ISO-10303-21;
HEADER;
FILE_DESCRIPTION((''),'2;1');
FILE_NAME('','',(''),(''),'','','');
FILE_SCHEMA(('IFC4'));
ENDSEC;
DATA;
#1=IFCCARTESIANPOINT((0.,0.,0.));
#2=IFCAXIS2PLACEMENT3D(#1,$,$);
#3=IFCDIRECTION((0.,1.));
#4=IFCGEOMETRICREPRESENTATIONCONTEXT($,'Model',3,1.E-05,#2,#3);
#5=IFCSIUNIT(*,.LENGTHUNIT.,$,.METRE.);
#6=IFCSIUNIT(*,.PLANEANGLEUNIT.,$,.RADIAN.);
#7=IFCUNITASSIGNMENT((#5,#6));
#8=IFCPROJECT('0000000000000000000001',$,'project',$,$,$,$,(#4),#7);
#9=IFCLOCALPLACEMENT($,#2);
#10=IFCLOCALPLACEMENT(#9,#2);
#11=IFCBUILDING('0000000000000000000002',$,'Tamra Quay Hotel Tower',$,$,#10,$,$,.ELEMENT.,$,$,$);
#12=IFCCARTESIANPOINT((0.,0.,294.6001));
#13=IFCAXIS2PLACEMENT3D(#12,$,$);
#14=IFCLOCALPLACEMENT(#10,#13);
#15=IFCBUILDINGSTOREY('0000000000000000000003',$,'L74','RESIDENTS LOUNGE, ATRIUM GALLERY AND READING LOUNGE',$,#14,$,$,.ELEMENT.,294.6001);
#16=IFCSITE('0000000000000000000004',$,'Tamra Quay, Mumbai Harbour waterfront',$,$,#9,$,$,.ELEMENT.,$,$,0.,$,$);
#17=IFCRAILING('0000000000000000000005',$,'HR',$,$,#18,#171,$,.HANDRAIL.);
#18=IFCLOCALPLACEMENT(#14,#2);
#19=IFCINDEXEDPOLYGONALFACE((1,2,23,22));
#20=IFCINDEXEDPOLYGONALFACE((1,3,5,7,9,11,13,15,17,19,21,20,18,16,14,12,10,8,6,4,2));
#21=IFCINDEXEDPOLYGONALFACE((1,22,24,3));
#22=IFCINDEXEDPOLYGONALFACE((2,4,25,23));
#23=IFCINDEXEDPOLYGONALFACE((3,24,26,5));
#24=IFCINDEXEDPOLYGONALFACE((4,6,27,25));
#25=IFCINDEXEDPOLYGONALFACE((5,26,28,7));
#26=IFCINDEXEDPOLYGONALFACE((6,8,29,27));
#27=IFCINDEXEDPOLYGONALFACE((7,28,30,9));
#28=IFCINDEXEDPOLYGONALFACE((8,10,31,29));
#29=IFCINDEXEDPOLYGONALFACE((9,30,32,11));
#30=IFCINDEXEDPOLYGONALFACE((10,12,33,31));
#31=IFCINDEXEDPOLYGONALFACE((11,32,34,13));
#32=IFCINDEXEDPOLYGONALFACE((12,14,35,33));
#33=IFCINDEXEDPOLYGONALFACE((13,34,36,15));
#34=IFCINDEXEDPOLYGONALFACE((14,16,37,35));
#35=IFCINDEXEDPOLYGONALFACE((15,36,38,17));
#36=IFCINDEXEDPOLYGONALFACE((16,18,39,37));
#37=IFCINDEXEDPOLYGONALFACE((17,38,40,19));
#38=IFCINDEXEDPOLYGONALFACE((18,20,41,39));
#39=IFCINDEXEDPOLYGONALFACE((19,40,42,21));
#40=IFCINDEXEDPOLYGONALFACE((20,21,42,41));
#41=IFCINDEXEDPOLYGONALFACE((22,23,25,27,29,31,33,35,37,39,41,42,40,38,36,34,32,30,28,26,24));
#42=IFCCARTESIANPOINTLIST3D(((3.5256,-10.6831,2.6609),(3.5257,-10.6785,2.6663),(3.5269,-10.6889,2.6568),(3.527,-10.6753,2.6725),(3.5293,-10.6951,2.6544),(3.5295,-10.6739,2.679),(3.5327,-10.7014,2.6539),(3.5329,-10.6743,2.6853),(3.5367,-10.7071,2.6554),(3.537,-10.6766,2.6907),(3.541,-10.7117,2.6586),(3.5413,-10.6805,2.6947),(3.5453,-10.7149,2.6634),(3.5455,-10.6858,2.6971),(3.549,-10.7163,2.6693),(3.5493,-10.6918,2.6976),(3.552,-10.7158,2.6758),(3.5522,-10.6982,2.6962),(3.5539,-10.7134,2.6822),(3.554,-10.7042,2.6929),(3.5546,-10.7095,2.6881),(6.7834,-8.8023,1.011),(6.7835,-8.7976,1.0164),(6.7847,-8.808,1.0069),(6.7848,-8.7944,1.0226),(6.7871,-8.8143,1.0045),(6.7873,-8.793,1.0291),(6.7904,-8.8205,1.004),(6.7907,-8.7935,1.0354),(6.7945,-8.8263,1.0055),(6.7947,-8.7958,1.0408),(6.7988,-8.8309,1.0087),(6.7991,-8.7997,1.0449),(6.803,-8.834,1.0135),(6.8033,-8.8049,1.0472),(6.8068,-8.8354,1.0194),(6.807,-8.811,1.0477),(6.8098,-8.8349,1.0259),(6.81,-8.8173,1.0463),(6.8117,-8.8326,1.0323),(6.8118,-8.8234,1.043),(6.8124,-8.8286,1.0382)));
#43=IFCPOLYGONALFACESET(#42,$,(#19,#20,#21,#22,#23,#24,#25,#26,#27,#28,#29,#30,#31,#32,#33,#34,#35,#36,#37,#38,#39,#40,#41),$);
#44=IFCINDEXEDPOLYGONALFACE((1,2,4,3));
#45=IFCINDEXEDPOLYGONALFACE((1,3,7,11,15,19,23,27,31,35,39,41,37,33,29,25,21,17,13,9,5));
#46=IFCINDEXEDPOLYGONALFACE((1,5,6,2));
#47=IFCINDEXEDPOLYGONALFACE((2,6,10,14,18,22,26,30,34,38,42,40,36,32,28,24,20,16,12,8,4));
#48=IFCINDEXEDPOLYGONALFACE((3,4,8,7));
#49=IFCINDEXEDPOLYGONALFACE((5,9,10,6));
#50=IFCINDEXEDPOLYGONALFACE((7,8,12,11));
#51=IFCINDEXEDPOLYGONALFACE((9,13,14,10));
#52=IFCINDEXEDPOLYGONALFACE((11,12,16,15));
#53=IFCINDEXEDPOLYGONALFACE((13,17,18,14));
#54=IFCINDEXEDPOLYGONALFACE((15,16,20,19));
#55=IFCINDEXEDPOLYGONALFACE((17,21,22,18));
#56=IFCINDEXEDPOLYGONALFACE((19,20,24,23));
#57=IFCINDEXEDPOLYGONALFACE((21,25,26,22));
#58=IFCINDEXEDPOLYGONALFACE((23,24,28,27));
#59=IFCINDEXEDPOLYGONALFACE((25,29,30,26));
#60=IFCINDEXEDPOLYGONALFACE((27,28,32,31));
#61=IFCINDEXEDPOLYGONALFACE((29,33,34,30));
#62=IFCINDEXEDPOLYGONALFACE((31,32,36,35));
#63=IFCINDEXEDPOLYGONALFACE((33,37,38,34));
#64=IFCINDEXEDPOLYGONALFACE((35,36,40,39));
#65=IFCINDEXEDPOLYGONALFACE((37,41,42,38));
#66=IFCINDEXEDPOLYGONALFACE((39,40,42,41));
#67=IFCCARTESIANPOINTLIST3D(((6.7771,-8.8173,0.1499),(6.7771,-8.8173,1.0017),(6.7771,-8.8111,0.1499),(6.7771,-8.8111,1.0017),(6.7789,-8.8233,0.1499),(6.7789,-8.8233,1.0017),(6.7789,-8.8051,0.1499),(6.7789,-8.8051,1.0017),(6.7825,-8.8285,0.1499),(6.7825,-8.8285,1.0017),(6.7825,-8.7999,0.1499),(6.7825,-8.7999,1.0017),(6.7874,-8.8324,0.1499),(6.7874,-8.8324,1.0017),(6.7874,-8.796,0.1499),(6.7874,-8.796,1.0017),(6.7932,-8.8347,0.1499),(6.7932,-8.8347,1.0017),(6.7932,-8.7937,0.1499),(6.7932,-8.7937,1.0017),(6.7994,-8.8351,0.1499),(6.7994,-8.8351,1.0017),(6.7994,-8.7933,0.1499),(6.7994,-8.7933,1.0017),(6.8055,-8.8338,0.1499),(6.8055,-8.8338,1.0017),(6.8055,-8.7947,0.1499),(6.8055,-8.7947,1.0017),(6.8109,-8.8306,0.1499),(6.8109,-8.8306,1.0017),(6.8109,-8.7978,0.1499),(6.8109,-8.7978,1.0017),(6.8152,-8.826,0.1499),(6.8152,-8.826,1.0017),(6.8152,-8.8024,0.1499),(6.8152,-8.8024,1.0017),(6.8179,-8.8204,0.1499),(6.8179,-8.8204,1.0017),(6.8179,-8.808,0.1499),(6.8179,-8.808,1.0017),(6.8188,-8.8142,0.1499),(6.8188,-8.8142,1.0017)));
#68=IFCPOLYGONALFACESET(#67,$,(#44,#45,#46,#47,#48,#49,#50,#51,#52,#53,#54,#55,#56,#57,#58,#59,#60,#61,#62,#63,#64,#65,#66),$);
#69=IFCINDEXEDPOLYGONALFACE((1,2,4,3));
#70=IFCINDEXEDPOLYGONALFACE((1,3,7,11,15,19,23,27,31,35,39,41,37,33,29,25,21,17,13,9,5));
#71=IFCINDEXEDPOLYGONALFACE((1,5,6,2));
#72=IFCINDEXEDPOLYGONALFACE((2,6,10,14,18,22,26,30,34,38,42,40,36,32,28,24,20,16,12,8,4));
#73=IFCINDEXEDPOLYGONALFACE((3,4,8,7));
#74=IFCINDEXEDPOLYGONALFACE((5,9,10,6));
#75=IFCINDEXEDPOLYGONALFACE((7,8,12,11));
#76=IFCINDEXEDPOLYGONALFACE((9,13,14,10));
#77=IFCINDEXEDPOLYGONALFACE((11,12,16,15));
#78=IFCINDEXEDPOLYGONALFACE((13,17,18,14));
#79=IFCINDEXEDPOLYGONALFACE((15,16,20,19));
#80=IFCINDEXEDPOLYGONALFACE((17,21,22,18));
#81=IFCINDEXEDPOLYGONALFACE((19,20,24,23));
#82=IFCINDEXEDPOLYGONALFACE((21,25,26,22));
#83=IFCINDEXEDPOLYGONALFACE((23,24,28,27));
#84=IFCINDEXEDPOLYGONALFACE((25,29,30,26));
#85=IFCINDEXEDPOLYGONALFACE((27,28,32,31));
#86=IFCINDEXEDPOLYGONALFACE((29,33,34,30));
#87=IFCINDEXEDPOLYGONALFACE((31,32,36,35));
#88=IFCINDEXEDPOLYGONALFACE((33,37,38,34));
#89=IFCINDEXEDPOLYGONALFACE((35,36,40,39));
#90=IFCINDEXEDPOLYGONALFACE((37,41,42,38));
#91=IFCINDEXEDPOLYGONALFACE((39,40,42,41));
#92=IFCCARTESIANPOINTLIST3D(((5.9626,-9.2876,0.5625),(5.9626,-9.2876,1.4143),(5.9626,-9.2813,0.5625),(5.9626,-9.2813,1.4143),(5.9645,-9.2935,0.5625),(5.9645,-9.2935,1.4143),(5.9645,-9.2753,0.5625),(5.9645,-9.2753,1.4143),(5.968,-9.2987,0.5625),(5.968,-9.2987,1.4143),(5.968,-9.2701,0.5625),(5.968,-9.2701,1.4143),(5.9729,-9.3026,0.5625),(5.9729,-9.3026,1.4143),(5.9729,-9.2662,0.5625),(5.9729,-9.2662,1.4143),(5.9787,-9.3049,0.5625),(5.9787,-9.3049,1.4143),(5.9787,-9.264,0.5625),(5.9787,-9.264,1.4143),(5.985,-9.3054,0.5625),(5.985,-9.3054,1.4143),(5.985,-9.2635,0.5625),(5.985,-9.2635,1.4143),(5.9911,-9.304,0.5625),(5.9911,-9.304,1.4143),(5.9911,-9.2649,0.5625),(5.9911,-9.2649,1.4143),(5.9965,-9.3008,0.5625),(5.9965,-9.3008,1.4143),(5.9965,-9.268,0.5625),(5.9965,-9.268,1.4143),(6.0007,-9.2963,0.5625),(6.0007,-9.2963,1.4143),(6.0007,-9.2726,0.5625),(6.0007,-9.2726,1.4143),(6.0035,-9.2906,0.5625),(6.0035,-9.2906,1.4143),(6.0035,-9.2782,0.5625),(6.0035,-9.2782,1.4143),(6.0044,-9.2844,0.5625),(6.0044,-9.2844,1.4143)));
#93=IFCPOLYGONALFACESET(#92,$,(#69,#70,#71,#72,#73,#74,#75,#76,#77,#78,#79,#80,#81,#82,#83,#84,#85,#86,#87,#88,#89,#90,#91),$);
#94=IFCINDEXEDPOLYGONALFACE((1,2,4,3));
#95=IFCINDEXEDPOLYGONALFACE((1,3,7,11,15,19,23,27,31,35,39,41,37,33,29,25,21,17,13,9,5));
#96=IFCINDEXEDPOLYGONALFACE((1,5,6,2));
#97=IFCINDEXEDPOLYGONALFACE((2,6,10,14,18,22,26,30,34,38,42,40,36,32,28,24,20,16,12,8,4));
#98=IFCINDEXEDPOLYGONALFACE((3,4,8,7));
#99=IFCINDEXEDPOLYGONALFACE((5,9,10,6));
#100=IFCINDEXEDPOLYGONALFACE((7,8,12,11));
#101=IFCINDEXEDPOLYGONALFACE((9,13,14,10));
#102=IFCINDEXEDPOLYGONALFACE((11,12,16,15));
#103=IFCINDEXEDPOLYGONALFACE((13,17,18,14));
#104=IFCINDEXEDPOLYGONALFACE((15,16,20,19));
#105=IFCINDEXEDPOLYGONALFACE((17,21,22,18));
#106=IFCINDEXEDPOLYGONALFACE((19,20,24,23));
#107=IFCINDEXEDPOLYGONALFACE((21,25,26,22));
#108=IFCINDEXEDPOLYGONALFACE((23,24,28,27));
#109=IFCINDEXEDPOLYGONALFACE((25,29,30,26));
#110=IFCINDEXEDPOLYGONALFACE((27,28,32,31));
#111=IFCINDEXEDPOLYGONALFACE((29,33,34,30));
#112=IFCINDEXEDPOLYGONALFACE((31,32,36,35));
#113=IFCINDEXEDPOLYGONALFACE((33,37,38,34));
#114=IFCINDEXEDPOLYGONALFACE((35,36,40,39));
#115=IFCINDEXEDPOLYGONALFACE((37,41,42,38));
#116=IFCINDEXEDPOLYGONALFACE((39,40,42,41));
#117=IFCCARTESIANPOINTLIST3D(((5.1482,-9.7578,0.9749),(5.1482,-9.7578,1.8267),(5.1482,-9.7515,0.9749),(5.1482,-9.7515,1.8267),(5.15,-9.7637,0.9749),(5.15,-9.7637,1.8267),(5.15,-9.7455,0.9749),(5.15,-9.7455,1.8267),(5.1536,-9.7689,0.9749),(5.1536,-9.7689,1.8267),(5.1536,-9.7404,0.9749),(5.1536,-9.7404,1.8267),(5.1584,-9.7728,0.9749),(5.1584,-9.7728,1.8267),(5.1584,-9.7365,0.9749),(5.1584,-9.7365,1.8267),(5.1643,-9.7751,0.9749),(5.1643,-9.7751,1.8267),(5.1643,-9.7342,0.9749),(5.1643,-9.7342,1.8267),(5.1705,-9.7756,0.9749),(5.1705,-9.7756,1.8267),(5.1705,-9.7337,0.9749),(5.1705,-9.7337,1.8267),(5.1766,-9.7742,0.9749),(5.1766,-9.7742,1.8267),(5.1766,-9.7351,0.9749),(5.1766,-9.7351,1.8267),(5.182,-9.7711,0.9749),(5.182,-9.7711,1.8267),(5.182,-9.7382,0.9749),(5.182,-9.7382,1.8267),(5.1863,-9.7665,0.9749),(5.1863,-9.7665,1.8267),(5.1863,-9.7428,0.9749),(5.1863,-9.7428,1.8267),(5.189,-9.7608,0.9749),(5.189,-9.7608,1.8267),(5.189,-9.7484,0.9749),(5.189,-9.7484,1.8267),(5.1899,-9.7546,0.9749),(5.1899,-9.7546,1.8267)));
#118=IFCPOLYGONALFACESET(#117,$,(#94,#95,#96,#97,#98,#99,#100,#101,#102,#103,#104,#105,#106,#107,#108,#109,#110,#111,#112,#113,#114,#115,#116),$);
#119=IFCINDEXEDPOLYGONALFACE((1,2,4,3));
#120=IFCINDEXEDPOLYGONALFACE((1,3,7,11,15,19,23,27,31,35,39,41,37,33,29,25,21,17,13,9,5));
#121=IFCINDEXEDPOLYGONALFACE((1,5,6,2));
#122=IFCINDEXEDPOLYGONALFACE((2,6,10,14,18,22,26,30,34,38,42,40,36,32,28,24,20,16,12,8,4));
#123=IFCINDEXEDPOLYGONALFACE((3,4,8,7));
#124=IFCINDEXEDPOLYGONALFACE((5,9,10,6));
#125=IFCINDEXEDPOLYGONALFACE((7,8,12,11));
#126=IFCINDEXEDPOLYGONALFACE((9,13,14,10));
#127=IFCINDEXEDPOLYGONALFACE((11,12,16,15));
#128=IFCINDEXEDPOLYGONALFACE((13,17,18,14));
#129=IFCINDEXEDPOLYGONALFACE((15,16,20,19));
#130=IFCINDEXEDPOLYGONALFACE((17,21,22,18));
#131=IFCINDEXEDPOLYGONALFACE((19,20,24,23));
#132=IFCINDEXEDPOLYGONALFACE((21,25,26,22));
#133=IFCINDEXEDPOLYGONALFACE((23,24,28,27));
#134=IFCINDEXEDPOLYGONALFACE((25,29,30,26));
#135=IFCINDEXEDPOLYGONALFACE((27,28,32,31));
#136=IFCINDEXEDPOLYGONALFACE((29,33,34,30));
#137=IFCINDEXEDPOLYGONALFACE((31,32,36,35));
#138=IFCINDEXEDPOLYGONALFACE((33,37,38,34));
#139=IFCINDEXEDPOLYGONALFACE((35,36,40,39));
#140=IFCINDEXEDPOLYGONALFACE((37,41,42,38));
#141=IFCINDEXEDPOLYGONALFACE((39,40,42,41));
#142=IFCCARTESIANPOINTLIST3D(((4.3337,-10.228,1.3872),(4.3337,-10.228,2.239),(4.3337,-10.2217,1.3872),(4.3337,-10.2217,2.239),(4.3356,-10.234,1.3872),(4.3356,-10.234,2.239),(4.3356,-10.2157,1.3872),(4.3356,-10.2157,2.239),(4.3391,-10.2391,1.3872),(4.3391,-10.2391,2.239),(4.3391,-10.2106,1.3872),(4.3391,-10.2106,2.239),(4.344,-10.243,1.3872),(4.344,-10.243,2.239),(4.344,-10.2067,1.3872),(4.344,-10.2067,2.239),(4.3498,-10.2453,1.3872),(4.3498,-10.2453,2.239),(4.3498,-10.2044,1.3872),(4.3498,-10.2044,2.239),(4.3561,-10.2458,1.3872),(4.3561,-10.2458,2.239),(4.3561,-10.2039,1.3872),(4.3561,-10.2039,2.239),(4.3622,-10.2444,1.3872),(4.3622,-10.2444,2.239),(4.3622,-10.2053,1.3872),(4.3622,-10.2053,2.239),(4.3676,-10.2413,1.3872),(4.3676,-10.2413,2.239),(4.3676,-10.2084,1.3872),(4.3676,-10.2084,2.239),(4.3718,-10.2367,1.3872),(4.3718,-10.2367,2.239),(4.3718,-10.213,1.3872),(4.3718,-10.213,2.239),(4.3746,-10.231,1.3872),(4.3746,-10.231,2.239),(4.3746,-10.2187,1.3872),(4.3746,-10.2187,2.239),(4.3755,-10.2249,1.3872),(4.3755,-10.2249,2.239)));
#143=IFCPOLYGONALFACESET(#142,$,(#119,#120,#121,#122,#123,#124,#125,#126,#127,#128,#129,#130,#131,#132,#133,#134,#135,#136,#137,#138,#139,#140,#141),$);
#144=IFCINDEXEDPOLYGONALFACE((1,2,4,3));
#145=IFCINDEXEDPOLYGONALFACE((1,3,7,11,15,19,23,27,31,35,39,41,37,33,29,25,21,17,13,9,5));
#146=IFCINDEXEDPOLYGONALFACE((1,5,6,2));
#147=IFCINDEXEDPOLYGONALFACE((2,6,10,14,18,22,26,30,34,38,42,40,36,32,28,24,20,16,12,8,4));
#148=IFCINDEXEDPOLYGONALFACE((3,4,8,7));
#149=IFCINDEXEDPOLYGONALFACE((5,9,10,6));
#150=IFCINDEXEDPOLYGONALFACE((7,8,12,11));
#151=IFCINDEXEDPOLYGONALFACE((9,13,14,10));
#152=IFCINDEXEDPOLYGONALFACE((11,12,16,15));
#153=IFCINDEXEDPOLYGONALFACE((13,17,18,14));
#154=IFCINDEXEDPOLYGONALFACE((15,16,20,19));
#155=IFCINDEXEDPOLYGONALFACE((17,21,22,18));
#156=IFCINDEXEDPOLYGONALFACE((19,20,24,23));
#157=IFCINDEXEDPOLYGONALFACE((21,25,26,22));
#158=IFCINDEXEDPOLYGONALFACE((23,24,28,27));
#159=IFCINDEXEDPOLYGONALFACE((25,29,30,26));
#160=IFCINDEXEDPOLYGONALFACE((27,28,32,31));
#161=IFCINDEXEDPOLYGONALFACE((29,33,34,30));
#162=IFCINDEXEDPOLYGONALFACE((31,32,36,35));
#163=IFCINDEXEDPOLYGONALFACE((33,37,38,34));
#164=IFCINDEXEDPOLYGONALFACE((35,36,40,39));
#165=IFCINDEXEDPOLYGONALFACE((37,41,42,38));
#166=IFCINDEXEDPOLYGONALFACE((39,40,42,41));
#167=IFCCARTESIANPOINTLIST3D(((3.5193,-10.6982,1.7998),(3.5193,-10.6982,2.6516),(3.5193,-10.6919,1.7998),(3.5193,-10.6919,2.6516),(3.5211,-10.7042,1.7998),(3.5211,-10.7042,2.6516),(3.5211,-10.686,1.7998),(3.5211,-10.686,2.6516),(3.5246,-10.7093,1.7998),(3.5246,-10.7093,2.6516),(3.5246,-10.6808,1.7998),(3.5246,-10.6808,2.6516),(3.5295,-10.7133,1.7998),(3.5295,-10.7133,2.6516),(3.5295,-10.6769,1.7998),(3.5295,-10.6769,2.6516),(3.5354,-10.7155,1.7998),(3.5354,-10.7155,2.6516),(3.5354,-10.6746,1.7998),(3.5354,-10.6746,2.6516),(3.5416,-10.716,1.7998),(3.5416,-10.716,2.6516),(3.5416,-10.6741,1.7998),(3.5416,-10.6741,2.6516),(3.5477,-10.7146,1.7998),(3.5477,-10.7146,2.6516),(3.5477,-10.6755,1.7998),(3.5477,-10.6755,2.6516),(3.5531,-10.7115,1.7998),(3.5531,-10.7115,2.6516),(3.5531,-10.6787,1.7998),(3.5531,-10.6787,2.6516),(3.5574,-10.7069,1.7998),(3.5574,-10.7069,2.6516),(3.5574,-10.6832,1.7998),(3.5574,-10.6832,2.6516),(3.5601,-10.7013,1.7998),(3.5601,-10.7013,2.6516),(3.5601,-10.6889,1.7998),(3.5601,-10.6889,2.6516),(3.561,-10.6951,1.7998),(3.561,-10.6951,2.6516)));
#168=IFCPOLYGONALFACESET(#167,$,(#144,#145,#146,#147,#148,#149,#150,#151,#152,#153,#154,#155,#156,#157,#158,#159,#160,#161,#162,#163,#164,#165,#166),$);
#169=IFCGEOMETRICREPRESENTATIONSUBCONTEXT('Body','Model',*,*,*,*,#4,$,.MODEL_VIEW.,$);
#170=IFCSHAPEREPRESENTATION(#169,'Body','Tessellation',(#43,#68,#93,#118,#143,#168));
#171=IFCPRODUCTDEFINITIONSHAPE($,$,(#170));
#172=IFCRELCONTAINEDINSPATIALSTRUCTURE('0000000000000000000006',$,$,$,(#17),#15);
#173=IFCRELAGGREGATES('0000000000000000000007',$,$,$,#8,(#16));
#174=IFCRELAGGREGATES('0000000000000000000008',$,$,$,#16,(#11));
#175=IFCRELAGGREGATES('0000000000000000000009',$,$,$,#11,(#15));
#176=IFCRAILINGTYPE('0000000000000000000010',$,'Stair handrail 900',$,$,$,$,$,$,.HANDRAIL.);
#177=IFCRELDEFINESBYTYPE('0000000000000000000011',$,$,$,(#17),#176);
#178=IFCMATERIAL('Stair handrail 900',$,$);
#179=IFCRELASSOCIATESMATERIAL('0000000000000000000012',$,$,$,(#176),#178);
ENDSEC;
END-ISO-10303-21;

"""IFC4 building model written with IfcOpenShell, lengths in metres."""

from ifc_helpers import new_model, si_unit, direction, frame, origin, origin_2d, place, context, subcontext, project, spatial, circle, extrude, material, type_object, element, save


model = new_model("IFC4")

# Units and contexts
model_context = context("Model", 3, precision=1e-05, world=origin(), true_north=direction((0.0, 1.0)))
body_context = subcontext(model_context, "Body", "Model", "MODEL_VIEW")
ifc_project = project(units=[si_unit("LENGTHUNIT", "METRE"), si_unit("PLANEANGLEUNIT", "RADIAN")], contexts=[model_context])

# Site, building, storey
site_placement = place(None, origin())
site = spatial("IfcSite", under=ifc_project, at=site_placement, Name="Tamra Quay, Mumbai Harbour waterfront", CompositionType="ELEMENT", RefElevation=0.0)
building_placement = place(site_placement, origin())
building = spatial("IfcBuilding", under=site, at=building_placement, Name="Tamra Quay Hotel Tower", CompositionType="ELEMENT")
storey_placement = place(building_placement, frame((0.0, 0.0, 294.6001)))
storey = spatial("IfcBuildingStorey", under=building, at=storey_placement, Name="L74", Description="RESIDENTS LOUNGE, ATRIUM GALLERY AND READING LOUNGE", CompositionType="ELEMENT", Elevation=294.6001)

# Railing
ifc_material_1 = material(Name="Stair handrail 900")
railing_type_1 = type_object("IfcRailingType", Name="Stair handrail 900", PredefinedType="HANDRAIL", material=ifc_material_1)
railing_1_placement = place(storey_placement, frame((6.7979, -8.8142, 0.1499)))
element("IfcRailing", 1, at=railing_1_placement, inside=storey, type_object=railing_type_1, Name="HR", PredefinedType="HANDRAIL", context=body_context, shape_type="SweptSolid", body=[
    extrude(circle(Radius=0.0239, at=origin_2d()), frame((0.0, 0.0, 0.876), z_axis=(-0.7931, -0.457887, 0.401661), x_axis=(0.499992, -0.86603, 0.0)), (0.0, 0.0, 1.0), 4.1077),
    extrude(circle(Radius=0.021, at=origin_2d()), origin(), (0.0, 0.0, 1.0), 0.8518),
    extrude(circle(Radius=0.021, at=origin_2d()), frame((-0.8145, -0.4702, 0.4126)), (0.0, 0.0, 1.0), 0.8518),
    extrude(circle(Radius=0.021, at=origin_2d()), frame((-1.6289, -0.9404, 0.825)), (0.0, 0.0, 1.0), 0.8518),
    extrude(circle(Radius=0.021, at=origin_2d()), frame((-2.4434, -1.4106, 1.2373)), (0.0, 0.0, 1.0), 0.8518),
    extrude(circle(Radius=0.021, at=origin_2d()), frame((-3.2578, -1.8809, 1.6499)), (0.0, 0.0, 1.0), 0.8518),
])

save(model, "model.ifc")
